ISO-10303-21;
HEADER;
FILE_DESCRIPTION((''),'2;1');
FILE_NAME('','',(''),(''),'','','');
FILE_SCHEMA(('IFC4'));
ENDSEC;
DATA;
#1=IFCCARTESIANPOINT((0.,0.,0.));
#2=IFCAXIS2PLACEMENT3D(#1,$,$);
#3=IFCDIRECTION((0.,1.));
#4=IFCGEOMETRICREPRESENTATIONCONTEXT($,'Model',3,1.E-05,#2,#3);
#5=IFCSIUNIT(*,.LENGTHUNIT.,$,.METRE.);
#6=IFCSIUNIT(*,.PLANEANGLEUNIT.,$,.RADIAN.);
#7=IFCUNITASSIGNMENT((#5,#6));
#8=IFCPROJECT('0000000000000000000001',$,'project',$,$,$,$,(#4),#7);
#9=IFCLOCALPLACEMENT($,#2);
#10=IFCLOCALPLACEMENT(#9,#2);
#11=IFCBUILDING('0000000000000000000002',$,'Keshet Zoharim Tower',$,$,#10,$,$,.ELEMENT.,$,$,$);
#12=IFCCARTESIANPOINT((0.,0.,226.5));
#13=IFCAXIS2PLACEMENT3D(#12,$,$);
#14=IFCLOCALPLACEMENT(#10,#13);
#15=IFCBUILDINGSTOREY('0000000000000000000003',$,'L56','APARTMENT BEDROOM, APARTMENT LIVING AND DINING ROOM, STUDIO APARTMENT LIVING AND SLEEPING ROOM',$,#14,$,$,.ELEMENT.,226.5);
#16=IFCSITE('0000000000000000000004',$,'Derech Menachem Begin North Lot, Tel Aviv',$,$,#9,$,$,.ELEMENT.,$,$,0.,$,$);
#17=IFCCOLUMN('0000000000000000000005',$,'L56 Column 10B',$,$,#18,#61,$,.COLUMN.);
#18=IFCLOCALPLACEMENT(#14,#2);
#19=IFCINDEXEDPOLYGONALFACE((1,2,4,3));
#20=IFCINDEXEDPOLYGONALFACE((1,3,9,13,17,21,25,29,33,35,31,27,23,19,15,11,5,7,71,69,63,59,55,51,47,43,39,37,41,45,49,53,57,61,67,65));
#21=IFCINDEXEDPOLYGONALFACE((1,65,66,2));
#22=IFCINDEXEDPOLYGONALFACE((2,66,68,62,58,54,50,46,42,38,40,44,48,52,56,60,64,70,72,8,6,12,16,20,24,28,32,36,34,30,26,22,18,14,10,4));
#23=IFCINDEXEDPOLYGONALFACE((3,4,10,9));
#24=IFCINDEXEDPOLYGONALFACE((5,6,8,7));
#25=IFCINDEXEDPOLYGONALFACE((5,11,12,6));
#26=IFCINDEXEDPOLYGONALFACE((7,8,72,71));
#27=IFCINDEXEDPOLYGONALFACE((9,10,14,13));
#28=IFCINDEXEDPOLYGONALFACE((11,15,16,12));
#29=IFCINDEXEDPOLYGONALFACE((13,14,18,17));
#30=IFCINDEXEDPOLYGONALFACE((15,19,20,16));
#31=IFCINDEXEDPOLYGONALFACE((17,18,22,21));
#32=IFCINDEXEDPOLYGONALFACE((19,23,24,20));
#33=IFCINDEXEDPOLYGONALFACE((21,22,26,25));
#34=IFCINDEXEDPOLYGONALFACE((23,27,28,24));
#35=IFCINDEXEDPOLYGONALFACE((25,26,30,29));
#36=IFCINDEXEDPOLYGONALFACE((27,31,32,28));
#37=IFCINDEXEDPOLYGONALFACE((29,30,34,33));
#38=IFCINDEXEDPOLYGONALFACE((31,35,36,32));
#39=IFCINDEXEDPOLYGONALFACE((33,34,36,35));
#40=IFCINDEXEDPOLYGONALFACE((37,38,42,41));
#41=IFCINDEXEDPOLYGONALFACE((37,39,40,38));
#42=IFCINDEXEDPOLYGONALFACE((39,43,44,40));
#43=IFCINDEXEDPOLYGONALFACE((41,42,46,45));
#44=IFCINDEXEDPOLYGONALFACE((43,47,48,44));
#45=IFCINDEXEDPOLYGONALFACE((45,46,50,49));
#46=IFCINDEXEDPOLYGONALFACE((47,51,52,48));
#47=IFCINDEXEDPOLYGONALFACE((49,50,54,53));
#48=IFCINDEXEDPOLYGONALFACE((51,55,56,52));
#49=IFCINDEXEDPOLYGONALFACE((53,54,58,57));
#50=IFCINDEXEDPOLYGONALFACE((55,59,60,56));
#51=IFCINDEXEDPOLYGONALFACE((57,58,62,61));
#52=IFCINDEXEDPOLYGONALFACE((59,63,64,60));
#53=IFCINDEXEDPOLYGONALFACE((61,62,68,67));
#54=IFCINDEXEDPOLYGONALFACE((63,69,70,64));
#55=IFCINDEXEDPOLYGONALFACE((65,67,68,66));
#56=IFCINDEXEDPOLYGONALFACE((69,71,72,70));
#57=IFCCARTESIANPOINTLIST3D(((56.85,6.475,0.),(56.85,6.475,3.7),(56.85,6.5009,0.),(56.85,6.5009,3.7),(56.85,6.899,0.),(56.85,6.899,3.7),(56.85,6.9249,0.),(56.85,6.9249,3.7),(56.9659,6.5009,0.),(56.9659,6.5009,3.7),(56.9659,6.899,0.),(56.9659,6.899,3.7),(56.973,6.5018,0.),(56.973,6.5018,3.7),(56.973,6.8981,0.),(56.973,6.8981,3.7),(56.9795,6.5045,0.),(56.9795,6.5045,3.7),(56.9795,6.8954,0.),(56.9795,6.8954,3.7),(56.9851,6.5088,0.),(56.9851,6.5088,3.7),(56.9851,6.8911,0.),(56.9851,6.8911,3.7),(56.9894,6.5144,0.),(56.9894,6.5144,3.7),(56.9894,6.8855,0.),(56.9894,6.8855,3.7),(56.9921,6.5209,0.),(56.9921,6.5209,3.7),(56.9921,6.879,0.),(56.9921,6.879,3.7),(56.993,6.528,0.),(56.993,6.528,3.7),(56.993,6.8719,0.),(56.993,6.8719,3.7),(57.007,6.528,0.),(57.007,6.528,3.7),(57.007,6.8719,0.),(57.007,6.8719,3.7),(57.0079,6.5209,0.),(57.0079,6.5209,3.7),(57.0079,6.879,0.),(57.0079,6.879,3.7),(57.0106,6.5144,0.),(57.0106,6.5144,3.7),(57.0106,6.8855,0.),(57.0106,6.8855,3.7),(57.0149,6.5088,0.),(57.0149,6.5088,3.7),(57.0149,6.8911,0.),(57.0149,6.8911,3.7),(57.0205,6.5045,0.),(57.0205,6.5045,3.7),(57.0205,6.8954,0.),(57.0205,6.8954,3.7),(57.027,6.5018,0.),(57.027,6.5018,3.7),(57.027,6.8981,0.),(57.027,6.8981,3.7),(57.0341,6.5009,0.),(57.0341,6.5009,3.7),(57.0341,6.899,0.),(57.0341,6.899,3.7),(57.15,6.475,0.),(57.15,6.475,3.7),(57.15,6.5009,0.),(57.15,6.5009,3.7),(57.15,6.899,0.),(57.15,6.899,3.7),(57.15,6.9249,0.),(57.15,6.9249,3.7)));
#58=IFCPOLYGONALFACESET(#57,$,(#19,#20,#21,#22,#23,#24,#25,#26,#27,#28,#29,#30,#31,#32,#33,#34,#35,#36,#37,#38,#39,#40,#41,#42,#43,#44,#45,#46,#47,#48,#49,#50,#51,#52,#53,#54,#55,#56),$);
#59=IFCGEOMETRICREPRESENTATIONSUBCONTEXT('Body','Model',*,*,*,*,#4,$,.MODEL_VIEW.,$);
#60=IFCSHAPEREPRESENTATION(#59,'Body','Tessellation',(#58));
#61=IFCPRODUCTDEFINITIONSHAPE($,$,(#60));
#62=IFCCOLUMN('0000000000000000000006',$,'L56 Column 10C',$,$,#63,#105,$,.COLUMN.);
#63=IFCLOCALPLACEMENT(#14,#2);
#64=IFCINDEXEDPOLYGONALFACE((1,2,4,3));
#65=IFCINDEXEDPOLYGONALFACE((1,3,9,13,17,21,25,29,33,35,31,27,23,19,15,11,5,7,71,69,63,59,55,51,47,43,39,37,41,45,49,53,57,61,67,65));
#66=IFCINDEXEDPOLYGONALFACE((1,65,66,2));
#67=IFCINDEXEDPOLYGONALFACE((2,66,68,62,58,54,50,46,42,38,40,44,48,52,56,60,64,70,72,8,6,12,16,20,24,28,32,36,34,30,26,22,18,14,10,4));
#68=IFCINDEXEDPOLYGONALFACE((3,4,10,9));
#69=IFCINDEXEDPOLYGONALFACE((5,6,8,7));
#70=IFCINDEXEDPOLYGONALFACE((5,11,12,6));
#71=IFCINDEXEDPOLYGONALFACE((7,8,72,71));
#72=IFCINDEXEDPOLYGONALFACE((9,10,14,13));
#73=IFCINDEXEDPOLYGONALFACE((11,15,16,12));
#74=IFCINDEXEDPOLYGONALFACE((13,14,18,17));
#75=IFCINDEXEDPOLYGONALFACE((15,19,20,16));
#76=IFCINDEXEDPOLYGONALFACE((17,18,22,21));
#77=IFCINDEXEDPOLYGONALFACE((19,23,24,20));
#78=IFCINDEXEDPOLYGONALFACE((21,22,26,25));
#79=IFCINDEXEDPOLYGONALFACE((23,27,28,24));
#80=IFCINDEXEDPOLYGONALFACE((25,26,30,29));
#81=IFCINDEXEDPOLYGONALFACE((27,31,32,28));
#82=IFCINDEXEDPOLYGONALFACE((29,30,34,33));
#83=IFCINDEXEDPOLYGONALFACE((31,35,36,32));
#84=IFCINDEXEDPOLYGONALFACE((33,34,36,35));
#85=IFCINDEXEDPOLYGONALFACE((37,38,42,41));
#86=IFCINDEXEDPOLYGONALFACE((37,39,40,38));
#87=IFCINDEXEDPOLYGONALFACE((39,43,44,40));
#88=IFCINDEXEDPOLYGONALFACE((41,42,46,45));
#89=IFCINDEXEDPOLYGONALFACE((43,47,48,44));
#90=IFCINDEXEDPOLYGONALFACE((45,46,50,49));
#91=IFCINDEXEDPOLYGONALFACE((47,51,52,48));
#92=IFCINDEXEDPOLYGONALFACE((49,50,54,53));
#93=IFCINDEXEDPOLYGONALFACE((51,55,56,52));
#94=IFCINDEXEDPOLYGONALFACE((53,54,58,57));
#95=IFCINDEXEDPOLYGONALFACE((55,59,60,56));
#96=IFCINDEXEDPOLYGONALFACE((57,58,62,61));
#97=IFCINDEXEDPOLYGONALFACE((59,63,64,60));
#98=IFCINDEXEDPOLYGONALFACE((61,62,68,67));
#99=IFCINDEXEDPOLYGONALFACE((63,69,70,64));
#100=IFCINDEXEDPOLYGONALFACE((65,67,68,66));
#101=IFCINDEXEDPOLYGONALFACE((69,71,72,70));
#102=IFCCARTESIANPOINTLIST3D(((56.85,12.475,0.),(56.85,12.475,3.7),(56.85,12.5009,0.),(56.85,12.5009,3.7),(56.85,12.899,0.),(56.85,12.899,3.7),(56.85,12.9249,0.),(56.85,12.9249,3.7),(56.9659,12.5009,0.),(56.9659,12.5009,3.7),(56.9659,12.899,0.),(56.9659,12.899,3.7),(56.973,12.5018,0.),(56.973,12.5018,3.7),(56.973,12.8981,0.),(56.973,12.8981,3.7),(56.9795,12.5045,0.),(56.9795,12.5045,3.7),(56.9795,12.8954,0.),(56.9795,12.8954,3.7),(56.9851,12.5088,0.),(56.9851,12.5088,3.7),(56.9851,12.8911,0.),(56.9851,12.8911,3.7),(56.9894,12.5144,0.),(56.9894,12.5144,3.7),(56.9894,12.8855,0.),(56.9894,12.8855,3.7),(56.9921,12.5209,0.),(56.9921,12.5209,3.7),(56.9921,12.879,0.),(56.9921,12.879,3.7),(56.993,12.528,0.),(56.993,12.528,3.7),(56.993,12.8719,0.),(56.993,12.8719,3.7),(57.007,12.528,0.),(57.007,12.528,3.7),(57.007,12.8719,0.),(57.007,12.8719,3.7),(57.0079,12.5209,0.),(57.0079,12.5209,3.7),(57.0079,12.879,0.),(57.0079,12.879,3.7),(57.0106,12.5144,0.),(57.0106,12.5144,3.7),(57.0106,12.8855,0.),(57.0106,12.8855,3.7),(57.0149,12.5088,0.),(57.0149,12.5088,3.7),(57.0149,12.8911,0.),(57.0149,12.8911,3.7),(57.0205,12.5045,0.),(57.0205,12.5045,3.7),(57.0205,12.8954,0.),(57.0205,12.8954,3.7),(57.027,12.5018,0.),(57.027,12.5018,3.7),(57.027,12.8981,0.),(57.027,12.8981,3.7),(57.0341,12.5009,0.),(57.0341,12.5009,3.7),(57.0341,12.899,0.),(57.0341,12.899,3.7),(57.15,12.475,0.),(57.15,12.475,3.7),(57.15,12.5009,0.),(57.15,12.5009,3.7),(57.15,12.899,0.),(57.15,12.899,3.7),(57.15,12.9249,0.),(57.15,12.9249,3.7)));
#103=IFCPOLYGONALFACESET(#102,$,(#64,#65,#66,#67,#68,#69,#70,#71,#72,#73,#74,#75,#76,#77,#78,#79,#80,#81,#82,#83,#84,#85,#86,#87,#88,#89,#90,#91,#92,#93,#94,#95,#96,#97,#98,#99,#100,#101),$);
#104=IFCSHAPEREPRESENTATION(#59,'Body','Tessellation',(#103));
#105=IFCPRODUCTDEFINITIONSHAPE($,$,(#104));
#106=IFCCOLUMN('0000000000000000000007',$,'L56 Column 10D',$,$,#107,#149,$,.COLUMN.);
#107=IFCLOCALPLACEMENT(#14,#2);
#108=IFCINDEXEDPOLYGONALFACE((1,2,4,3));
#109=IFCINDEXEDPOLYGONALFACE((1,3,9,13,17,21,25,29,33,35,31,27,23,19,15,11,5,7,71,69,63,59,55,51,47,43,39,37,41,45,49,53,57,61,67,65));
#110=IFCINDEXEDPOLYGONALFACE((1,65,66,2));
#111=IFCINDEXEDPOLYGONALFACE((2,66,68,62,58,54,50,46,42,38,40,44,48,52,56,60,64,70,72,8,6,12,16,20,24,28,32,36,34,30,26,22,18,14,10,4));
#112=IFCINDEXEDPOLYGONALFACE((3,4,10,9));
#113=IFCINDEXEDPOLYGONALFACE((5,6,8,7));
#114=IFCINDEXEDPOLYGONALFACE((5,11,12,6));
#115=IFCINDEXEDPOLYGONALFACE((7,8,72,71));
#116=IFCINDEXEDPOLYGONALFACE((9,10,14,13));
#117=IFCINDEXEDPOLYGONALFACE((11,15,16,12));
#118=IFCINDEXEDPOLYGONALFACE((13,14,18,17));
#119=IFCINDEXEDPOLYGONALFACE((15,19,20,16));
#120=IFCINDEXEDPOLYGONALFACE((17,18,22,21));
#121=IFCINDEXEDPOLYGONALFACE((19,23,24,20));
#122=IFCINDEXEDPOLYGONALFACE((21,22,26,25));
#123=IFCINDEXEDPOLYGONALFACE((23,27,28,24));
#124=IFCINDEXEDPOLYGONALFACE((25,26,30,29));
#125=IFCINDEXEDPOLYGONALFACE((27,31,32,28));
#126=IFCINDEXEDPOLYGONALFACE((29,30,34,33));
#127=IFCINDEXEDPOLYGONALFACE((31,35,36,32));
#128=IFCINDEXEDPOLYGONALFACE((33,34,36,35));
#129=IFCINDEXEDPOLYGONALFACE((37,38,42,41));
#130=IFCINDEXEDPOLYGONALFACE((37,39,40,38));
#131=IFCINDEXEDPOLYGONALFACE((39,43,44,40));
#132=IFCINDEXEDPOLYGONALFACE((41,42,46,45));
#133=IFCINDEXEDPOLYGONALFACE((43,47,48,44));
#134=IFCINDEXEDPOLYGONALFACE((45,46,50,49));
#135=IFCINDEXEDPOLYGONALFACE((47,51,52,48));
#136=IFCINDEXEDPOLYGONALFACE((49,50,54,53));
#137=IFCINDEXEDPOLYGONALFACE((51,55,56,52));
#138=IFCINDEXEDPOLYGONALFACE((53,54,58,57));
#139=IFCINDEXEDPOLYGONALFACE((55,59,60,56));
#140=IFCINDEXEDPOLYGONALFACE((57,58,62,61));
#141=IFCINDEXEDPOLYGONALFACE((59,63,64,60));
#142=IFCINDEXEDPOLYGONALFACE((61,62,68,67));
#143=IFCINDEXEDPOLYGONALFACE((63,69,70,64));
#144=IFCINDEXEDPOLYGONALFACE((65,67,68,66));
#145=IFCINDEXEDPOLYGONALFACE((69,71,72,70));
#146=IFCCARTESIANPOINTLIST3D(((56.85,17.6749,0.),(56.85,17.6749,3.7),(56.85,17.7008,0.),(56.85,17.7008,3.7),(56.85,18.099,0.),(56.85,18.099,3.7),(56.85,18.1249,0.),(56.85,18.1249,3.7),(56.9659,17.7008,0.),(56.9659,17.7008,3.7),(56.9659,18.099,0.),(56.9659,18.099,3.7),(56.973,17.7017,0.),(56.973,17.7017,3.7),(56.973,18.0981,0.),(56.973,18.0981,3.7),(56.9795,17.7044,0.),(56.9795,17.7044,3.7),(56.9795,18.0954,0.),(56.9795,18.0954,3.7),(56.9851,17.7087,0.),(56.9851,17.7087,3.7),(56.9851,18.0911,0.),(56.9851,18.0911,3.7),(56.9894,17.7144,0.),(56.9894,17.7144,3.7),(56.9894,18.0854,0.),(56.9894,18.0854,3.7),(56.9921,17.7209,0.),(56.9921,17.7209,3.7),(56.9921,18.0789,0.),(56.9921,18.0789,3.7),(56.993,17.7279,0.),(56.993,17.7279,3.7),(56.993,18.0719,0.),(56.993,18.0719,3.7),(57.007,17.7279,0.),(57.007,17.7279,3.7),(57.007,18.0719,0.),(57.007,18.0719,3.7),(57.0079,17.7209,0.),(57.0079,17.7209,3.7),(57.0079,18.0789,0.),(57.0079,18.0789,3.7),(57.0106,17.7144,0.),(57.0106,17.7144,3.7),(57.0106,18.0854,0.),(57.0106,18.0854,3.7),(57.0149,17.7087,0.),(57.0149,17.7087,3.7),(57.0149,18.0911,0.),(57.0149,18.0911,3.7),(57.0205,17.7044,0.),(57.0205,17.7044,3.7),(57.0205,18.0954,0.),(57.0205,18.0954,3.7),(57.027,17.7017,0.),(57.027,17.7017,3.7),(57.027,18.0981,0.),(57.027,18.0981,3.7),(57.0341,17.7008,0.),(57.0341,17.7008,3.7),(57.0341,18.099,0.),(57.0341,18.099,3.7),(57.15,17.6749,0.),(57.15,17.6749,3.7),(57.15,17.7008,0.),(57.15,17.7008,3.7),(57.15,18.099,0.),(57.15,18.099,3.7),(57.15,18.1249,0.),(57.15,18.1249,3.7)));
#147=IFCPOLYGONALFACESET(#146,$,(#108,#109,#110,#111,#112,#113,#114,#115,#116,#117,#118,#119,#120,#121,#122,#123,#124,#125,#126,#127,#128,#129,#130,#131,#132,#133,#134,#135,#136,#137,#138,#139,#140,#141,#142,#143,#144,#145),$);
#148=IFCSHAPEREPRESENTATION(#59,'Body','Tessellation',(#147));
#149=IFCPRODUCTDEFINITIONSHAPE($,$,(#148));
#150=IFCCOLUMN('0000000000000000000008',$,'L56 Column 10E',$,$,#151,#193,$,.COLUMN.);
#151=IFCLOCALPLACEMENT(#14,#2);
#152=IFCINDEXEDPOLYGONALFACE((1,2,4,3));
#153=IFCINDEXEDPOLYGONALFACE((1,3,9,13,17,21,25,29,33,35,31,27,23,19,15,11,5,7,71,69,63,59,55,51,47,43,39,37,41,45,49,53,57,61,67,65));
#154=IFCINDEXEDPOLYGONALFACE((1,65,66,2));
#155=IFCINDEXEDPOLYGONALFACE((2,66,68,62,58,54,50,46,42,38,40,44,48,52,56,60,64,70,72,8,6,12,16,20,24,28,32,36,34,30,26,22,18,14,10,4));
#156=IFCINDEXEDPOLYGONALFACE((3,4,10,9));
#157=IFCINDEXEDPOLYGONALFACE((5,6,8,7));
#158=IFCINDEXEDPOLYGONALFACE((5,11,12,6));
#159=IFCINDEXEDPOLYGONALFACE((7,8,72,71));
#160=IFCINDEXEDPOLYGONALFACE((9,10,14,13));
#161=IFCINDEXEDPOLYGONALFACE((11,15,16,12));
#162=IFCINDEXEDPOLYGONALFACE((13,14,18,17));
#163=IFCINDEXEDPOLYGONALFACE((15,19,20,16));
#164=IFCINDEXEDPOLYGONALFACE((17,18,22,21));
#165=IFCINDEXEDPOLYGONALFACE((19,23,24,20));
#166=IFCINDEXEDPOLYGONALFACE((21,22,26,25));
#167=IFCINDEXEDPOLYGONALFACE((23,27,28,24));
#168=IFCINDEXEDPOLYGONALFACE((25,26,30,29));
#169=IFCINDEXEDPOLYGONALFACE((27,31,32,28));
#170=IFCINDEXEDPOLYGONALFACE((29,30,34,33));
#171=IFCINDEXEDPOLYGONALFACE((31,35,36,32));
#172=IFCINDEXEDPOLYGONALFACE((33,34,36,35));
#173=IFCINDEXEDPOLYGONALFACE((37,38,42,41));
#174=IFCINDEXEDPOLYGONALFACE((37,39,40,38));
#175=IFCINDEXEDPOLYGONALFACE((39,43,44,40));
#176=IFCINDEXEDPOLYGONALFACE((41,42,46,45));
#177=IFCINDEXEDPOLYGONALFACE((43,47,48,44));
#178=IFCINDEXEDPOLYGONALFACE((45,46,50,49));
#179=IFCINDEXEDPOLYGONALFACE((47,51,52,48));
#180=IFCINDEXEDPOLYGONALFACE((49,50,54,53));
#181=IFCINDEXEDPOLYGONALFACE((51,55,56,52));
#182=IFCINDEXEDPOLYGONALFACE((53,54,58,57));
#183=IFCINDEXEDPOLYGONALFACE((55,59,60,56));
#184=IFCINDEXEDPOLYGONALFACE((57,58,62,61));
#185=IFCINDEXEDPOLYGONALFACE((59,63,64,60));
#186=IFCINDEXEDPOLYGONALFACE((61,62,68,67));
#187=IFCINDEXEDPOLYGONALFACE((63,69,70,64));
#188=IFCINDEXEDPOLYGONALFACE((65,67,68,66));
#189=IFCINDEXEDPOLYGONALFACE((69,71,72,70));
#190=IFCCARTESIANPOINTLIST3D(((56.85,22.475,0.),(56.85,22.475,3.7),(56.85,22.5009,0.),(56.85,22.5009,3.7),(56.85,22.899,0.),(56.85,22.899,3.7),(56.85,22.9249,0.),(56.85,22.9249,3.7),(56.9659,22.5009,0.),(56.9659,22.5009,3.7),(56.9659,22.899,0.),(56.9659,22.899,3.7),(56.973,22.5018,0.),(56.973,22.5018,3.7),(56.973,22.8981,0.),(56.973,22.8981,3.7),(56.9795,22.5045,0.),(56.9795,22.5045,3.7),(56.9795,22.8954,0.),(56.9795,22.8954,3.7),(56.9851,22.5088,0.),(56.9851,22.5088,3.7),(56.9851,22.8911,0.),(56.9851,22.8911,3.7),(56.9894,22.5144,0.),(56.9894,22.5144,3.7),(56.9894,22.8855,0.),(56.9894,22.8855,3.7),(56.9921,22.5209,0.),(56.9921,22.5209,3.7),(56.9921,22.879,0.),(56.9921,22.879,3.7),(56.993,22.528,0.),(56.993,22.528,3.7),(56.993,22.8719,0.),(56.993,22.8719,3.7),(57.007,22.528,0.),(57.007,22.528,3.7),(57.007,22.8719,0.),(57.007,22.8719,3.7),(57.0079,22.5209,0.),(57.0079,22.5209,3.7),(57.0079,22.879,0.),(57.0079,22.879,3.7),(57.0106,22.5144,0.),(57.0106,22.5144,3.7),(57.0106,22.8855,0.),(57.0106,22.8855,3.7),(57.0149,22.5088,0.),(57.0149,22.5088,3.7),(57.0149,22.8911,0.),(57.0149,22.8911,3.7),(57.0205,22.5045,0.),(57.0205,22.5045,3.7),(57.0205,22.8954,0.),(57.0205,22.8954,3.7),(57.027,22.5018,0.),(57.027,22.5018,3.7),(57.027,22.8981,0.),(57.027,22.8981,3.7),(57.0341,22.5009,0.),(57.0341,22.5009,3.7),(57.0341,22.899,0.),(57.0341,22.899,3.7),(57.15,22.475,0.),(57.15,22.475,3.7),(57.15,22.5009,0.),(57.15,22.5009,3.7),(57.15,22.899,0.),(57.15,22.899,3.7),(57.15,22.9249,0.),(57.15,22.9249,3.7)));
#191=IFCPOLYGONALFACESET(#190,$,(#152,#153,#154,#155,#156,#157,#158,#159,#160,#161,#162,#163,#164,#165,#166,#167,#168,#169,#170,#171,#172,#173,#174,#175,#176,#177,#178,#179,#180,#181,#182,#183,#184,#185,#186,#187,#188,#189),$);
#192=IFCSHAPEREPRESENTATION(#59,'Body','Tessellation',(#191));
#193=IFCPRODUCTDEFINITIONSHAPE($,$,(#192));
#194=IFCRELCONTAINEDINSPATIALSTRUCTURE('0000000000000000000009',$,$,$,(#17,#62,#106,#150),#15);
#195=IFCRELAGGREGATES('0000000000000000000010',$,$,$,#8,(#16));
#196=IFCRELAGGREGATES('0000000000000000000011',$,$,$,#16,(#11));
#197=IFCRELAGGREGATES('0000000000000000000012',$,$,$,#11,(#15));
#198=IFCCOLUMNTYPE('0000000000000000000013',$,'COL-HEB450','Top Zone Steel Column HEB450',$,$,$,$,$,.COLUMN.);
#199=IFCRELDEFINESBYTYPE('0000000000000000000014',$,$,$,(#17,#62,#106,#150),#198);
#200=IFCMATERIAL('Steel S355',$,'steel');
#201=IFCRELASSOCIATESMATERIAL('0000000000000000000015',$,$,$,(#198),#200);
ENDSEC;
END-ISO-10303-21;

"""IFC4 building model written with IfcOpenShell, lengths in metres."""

from ifc_helpers import new_model, si_unit, direction, frame, origin, origin_2d, place, context, subcontext, project, spatial, i_section, extrude, material, material_profile, profile_set, type_object, element, save


model = new_model("IFC4")

# Units and contexts
model_context = context("Model", 3, precision=1e-05, world=origin(), true_north=direction((0.0, 1.0)))
body_context = subcontext(model_context, "Body", "Model", "MODEL_VIEW")
ifc_project = project(units=[si_unit("LENGTHUNIT", "METRE"), si_unit("PLANEANGLEUNIT", "RADIAN")], contexts=[model_context])

# Site, building, storey
site_placement = place(None, origin())
site = spatial("IfcSite", under=ifc_project, at=site_placement, Name="Derech Menachem Begin North Lot, Tel Aviv", CompositionType="ELEMENT", RefElevation=0.0)
building_placement = place(site_placement, origin())
building = spatial("IfcBuilding", under=site, at=building_placement, Name="Keshet Zoharim Tower", CompositionType="ELEMENT")
storey_placement = place(building_placement, frame((0.0, 0.0, 226.5)))
storey = spatial("IfcBuildingStorey", under=building, at=storey_placement, Name="L56", Description="APARTMENT BEDROOM, APARTMENT LIVING AND DINING ROOM, STUDIO APARTMENT LIVING AND SLEEPING ROOM", CompositionType="ELEMENT", Elevation=226.5)

# Columns
ifc_material_1 = material(Name="Steel S355", Category="steel")
ifc_material_profile_1 = material_profile(ifc_material_1, i_section(OverallWidth=0.3, OverallDepth=0.45, WebThickness=0.0139, FlangeThickness=0.0259, FilletRadius=0.0271, at=origin_2d()), Name="HEB450")
ifc_profile_set_1 = profile_set([ifc_material_profile_1], Name="Steel S355")
column_type = type_object("IfcColumnType", Name="COL-HEB450", Description="Top Zone Steel Column HEB450", PredefinedType="COLUMN", material=ifc_profile_set_1)
for number, where, z_axis, x_axis, name in (
    (1, (57.0, 6.7, 0.0), (0.0, 0.0, 1.0), (1.0, 0.0, 0.0), "L56 Column 10B"),
    (2, (57.0, 12.7, 0.0), (0.0, 0.0, 1.0), (1.0, 0.0, 0.0), "L56 Column 10C"),
    (3, (57.0, 17.8999, 0.0), (0.0, 0.0, 1.0), (1.0, 0.0, 0.0), "L56 Column 10D"),
    (4, (57.0, 22.7, 0.0), (0.0, 0.0, 1.0), (1.0, 0.0, 0.0), "L56 Column 10E"),
):
    element("IfcColumn", number, at=place(storey_placement, frame(where, z_axis=z_axis, x_axis=x_axis)), inside=storey, type_object=column_type, Name=name, PredefinedType="COLUMN", context=body_context, shape_type="SweptSolid", body=[
        extrude(i_section(OverallWidth=0.3, OverallDepth=0.45, WebThickness=0.0139, FlangeThickness=0.0259, FilletRadius=0.0271, at=origin_2d()), origin(), (0.0, 0.0, 1.0), 3.7),
    ])

save(model, "model.ifc")
